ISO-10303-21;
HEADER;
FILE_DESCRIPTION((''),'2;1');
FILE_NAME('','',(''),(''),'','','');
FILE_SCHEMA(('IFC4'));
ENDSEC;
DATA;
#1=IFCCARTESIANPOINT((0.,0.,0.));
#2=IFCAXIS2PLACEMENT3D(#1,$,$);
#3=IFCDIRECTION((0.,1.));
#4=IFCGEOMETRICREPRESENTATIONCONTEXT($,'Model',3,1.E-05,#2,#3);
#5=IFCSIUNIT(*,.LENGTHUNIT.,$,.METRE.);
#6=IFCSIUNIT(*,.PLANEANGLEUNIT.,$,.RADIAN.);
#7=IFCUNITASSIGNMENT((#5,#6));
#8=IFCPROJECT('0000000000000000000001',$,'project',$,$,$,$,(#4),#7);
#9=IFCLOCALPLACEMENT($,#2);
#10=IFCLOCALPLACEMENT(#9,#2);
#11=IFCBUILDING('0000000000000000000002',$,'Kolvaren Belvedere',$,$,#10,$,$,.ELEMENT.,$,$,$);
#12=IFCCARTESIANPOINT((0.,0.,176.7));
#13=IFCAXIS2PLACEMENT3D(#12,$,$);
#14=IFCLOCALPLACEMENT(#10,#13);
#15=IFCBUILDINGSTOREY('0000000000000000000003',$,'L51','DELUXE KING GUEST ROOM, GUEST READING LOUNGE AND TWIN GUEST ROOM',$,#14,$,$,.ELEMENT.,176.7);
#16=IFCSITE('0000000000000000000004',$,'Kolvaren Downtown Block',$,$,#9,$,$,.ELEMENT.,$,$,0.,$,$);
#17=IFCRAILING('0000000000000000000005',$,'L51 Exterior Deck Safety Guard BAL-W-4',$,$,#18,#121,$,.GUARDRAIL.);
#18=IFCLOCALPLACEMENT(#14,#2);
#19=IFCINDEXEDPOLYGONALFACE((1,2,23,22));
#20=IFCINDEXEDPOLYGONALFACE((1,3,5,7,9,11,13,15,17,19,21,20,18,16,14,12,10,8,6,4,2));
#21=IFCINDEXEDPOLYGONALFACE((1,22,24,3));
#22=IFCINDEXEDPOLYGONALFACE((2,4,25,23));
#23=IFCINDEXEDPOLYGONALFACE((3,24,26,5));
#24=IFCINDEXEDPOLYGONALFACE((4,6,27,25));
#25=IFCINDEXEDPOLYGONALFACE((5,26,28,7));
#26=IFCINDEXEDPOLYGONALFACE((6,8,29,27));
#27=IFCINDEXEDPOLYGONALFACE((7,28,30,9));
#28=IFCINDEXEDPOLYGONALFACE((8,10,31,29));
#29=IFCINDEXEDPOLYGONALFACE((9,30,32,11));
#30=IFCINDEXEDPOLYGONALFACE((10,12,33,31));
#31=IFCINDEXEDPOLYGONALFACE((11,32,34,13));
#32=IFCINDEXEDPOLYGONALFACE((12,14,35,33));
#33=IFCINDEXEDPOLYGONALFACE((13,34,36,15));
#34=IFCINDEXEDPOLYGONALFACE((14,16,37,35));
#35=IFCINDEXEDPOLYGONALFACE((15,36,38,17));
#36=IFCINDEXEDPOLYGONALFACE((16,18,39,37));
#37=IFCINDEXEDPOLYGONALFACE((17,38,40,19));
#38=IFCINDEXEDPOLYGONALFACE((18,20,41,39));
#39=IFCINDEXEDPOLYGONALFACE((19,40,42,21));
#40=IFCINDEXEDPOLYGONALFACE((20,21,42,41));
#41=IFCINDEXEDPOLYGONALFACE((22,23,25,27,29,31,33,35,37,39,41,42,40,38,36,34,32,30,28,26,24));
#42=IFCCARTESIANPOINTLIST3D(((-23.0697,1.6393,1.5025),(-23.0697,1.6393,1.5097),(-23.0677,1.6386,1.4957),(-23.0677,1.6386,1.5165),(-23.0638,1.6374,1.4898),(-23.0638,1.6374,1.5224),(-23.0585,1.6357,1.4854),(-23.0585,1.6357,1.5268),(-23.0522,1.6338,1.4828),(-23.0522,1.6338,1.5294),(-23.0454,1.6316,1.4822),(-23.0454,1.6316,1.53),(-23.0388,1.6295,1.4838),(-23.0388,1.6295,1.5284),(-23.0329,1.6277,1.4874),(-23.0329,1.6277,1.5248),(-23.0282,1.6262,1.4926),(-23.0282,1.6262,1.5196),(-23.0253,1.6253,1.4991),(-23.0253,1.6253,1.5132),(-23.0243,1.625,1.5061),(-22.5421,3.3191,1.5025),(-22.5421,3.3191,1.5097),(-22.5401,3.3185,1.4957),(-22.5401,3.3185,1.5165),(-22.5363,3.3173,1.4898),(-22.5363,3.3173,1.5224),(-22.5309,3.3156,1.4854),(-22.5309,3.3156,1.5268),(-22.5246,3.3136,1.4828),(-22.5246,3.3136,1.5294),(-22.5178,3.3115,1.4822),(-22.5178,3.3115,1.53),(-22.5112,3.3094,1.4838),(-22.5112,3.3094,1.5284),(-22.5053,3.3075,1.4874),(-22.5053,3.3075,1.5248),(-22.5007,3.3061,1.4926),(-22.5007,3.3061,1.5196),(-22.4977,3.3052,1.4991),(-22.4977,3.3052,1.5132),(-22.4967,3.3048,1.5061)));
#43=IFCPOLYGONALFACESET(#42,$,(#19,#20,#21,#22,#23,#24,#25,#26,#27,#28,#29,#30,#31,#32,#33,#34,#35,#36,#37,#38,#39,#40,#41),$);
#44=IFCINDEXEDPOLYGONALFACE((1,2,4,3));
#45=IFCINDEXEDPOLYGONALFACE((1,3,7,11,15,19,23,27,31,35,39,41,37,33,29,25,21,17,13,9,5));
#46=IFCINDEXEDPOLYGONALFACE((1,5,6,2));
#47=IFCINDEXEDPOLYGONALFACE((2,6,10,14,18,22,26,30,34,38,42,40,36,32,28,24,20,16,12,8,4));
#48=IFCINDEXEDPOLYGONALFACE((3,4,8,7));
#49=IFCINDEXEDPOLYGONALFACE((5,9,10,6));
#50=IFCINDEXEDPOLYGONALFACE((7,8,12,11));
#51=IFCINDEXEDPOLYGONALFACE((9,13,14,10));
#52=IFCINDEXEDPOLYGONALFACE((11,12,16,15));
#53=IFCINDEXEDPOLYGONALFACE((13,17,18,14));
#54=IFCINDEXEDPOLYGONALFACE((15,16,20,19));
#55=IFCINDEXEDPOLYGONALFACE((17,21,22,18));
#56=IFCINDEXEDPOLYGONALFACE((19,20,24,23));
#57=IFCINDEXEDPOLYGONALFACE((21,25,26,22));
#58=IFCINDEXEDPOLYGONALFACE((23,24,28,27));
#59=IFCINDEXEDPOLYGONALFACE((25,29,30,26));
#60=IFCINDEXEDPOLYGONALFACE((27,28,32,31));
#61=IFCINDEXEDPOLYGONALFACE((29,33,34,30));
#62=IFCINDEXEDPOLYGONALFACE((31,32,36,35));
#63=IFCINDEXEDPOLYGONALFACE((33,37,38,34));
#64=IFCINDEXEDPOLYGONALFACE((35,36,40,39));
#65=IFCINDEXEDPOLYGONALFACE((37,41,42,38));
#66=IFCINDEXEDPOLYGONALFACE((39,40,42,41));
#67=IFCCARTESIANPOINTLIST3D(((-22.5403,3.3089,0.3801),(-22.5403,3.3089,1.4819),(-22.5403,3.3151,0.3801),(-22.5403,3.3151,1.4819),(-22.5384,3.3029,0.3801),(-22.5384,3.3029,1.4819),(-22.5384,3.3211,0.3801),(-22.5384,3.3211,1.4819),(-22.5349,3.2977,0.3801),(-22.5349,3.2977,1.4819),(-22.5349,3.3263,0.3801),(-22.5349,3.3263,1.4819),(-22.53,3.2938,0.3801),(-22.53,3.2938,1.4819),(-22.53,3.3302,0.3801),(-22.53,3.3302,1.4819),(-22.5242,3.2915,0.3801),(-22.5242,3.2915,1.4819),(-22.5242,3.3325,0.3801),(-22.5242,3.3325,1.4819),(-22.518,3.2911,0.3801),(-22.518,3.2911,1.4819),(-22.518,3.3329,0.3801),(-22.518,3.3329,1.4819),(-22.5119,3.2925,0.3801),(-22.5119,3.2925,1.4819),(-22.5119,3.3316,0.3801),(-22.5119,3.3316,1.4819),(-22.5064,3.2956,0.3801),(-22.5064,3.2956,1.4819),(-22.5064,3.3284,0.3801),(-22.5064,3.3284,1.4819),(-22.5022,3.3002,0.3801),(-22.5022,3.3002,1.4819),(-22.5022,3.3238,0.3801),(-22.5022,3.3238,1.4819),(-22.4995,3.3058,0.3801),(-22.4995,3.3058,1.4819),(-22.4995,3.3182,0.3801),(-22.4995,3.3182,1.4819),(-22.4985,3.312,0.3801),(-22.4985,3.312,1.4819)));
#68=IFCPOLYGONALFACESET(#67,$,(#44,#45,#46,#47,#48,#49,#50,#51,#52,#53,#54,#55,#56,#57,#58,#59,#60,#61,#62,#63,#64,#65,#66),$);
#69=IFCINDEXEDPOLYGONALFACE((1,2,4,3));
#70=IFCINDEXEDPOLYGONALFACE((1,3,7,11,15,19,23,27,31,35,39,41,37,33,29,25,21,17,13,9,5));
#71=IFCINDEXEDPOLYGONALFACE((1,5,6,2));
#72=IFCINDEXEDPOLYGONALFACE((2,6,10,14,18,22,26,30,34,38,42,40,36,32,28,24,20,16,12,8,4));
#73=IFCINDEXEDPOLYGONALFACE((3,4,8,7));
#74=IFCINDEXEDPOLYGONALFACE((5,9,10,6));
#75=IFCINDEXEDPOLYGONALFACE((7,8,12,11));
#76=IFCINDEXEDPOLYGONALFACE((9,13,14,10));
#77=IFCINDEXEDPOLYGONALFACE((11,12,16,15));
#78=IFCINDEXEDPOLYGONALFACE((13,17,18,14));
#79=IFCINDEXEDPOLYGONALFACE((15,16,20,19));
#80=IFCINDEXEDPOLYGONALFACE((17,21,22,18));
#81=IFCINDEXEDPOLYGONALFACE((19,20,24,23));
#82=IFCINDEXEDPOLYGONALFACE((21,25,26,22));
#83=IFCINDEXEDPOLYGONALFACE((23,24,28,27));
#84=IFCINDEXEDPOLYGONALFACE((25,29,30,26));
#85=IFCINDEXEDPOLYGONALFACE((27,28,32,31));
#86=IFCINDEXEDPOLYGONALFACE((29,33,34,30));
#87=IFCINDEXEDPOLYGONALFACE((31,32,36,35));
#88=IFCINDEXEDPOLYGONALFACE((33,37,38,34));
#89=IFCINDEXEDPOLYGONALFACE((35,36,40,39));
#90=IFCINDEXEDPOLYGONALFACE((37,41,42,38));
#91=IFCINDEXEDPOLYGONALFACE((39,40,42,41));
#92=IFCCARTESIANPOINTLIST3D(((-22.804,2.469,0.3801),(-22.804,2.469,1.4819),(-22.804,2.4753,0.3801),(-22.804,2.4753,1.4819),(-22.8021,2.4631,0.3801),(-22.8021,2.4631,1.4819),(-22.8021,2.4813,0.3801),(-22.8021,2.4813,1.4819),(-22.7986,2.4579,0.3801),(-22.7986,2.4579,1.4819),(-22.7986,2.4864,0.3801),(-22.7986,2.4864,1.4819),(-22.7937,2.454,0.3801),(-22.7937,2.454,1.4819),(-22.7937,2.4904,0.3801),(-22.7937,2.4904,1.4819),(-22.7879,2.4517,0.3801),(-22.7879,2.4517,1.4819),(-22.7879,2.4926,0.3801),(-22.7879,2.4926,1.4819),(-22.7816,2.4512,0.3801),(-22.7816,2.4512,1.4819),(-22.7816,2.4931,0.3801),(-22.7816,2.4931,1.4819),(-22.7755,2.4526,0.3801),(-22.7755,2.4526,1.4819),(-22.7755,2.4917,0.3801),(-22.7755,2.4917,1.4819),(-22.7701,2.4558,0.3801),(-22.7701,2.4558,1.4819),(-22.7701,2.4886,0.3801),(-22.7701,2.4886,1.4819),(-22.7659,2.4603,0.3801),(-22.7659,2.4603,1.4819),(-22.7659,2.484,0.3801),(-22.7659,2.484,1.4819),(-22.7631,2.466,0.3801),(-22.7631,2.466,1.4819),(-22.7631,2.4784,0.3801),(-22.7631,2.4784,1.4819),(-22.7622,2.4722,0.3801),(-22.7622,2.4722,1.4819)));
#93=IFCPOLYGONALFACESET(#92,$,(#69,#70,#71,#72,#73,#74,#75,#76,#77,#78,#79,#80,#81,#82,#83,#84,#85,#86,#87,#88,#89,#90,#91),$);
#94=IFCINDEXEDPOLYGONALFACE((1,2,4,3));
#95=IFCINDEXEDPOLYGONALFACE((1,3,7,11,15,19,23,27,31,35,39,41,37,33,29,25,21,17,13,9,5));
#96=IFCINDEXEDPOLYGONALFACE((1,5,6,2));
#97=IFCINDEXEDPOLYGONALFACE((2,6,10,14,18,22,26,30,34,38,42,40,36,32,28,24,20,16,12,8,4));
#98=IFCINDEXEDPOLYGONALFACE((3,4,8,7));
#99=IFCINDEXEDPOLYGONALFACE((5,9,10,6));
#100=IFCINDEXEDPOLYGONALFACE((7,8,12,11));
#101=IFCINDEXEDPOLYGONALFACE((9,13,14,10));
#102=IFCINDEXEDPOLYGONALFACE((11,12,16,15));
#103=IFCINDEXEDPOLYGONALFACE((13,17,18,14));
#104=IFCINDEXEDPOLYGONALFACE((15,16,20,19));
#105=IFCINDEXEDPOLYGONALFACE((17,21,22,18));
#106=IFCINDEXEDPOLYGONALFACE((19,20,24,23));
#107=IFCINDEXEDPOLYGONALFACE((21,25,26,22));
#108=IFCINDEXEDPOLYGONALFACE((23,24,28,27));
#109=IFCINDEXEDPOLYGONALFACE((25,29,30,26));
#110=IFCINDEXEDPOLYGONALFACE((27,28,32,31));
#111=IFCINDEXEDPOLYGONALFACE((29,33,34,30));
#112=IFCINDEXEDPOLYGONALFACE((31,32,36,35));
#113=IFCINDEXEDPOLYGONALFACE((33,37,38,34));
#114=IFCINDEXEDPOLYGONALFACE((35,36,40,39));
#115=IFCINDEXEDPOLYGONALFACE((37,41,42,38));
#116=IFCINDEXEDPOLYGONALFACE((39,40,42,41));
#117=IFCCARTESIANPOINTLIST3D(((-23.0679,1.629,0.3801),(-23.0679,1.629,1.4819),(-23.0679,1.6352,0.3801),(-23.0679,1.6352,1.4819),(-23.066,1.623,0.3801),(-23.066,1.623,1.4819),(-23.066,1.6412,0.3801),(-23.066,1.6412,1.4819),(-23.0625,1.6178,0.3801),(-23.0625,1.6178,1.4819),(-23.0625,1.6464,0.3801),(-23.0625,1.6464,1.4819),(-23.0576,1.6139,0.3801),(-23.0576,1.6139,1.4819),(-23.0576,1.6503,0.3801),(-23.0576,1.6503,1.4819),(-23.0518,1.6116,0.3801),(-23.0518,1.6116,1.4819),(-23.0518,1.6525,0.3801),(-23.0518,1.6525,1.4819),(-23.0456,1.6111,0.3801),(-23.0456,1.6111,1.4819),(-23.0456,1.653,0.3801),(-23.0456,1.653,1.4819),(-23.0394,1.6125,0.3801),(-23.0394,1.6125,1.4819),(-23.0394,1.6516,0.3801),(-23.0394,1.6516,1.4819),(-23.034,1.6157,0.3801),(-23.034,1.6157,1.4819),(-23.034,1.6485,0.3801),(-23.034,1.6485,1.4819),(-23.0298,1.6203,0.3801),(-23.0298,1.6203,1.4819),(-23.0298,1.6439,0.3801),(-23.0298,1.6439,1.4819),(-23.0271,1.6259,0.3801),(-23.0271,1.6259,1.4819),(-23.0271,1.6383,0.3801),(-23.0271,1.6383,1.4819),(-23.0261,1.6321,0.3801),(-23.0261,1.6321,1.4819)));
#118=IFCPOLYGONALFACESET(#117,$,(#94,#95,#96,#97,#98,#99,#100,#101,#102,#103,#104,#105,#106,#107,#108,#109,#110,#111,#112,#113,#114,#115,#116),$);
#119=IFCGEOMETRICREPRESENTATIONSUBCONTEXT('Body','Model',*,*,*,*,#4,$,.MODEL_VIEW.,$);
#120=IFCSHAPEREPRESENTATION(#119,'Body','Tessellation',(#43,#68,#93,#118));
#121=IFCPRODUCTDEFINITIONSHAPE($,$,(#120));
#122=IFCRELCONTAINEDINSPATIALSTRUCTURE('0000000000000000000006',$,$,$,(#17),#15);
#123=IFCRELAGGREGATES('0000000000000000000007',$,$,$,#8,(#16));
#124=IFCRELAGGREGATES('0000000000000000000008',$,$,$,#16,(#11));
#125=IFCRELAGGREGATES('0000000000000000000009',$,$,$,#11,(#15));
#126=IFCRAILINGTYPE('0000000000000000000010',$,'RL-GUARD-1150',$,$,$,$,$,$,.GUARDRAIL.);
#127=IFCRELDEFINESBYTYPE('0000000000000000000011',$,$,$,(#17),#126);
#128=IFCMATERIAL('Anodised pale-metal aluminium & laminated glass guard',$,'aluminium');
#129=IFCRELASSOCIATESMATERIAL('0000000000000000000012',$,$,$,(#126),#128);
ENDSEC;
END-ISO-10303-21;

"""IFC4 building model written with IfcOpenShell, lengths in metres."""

from ifc_helpers import new_model, si_unit, direction, frame, origin, origin_2d, place, context, subcontext, project, spatial, circle, extrude, material, type_object, element, save


model = new_model("IFC4")

# Units and contexts
model_context = context("Model", 3, precision=1e-05, world=origin(), true_north=direction((0.0, 1.0)))
body_context = subcontext(model_context, "Body", "Model", "MODEL_VIEW")
ifc_project = project(units=[si_unit("LENGTHUNIT", "METRE"), si_unit("PLANEANGLEUNIT", "RADIAN")], contexts=[model_context])

# Site, building, storey
site_placement = place(None, origin())
site = spatial("IfcSite", under=ifc_project, at=site_placement, Name="Kolvaren Downtown Block", CompositionType="ELEMENT", RefElevation=0.0)
building_placement = place(site_placement, origin())
building = spatial("IfcBuilding", under=site, at=building_placement, Name="Kolvaren Belvedere", CompositionType="ELEMENT")
storey_placement = place(building_placement, frame((0.0, 0.0, 176.7)))
storey = spatial("IfcBuildingStorey", under=building, at=storey_placement, Name="L51", Description="DELUXE KING GUEST ROOM, GUEST READING LOUNGE AND TWIN GUEST ROOM", CompositionType="ELEMENT", Elevation=176.7)

# Railing
ifc_material_1 = material(Name="Anodised pale-metal aluminium & laminated glass guard", Category="aluminium")
railing_type = type_object("IfcRailingType", Name="RL-GUARD-1150", PredefinedType="GUARDRAIL", material=ifc_material_1)
railing_1_placement = place(storey_placement, frame((-22.5195, 3.312, 0.3801)))
element("IfcRailing", 1, at=railing_1_placement, inside=storey, type_object=railing_type, Name="L51 Exterior Deck Safety Guard BAL-W-4", PredefinedType="GUARDRAIL", context=body_context, shape_type="SweptSolid", body=[
    extrude(circle(Radius=0.0239, at=origin_2d()), frame((0.0, 0.0, 1.126), z_axis=(-0.299625, -0.954057, 0.0), x_axis=(0.954057, -0.299625, 0.0)), (0.0, 0.0, 1.0), 1.7607),
    extrude(circle(Radius=0.021, at=origin_2d()), origin(), (0.0, 0.0, 1.0), 1.1018),
    extrude(circle(Radius=0.021, at=origin_2d()), frame((-0.2637, -0.8398, 0.0)), (0.0, 0.0, 1.0), 1.1018),
    extrude(circle(Radius=0.021, at=origin_2d()), frame((-0.5276, -1.6799, 0.0)), (0.0, 0.0, 1.0), 1.1018),
])

save(model, "model.ifc")
